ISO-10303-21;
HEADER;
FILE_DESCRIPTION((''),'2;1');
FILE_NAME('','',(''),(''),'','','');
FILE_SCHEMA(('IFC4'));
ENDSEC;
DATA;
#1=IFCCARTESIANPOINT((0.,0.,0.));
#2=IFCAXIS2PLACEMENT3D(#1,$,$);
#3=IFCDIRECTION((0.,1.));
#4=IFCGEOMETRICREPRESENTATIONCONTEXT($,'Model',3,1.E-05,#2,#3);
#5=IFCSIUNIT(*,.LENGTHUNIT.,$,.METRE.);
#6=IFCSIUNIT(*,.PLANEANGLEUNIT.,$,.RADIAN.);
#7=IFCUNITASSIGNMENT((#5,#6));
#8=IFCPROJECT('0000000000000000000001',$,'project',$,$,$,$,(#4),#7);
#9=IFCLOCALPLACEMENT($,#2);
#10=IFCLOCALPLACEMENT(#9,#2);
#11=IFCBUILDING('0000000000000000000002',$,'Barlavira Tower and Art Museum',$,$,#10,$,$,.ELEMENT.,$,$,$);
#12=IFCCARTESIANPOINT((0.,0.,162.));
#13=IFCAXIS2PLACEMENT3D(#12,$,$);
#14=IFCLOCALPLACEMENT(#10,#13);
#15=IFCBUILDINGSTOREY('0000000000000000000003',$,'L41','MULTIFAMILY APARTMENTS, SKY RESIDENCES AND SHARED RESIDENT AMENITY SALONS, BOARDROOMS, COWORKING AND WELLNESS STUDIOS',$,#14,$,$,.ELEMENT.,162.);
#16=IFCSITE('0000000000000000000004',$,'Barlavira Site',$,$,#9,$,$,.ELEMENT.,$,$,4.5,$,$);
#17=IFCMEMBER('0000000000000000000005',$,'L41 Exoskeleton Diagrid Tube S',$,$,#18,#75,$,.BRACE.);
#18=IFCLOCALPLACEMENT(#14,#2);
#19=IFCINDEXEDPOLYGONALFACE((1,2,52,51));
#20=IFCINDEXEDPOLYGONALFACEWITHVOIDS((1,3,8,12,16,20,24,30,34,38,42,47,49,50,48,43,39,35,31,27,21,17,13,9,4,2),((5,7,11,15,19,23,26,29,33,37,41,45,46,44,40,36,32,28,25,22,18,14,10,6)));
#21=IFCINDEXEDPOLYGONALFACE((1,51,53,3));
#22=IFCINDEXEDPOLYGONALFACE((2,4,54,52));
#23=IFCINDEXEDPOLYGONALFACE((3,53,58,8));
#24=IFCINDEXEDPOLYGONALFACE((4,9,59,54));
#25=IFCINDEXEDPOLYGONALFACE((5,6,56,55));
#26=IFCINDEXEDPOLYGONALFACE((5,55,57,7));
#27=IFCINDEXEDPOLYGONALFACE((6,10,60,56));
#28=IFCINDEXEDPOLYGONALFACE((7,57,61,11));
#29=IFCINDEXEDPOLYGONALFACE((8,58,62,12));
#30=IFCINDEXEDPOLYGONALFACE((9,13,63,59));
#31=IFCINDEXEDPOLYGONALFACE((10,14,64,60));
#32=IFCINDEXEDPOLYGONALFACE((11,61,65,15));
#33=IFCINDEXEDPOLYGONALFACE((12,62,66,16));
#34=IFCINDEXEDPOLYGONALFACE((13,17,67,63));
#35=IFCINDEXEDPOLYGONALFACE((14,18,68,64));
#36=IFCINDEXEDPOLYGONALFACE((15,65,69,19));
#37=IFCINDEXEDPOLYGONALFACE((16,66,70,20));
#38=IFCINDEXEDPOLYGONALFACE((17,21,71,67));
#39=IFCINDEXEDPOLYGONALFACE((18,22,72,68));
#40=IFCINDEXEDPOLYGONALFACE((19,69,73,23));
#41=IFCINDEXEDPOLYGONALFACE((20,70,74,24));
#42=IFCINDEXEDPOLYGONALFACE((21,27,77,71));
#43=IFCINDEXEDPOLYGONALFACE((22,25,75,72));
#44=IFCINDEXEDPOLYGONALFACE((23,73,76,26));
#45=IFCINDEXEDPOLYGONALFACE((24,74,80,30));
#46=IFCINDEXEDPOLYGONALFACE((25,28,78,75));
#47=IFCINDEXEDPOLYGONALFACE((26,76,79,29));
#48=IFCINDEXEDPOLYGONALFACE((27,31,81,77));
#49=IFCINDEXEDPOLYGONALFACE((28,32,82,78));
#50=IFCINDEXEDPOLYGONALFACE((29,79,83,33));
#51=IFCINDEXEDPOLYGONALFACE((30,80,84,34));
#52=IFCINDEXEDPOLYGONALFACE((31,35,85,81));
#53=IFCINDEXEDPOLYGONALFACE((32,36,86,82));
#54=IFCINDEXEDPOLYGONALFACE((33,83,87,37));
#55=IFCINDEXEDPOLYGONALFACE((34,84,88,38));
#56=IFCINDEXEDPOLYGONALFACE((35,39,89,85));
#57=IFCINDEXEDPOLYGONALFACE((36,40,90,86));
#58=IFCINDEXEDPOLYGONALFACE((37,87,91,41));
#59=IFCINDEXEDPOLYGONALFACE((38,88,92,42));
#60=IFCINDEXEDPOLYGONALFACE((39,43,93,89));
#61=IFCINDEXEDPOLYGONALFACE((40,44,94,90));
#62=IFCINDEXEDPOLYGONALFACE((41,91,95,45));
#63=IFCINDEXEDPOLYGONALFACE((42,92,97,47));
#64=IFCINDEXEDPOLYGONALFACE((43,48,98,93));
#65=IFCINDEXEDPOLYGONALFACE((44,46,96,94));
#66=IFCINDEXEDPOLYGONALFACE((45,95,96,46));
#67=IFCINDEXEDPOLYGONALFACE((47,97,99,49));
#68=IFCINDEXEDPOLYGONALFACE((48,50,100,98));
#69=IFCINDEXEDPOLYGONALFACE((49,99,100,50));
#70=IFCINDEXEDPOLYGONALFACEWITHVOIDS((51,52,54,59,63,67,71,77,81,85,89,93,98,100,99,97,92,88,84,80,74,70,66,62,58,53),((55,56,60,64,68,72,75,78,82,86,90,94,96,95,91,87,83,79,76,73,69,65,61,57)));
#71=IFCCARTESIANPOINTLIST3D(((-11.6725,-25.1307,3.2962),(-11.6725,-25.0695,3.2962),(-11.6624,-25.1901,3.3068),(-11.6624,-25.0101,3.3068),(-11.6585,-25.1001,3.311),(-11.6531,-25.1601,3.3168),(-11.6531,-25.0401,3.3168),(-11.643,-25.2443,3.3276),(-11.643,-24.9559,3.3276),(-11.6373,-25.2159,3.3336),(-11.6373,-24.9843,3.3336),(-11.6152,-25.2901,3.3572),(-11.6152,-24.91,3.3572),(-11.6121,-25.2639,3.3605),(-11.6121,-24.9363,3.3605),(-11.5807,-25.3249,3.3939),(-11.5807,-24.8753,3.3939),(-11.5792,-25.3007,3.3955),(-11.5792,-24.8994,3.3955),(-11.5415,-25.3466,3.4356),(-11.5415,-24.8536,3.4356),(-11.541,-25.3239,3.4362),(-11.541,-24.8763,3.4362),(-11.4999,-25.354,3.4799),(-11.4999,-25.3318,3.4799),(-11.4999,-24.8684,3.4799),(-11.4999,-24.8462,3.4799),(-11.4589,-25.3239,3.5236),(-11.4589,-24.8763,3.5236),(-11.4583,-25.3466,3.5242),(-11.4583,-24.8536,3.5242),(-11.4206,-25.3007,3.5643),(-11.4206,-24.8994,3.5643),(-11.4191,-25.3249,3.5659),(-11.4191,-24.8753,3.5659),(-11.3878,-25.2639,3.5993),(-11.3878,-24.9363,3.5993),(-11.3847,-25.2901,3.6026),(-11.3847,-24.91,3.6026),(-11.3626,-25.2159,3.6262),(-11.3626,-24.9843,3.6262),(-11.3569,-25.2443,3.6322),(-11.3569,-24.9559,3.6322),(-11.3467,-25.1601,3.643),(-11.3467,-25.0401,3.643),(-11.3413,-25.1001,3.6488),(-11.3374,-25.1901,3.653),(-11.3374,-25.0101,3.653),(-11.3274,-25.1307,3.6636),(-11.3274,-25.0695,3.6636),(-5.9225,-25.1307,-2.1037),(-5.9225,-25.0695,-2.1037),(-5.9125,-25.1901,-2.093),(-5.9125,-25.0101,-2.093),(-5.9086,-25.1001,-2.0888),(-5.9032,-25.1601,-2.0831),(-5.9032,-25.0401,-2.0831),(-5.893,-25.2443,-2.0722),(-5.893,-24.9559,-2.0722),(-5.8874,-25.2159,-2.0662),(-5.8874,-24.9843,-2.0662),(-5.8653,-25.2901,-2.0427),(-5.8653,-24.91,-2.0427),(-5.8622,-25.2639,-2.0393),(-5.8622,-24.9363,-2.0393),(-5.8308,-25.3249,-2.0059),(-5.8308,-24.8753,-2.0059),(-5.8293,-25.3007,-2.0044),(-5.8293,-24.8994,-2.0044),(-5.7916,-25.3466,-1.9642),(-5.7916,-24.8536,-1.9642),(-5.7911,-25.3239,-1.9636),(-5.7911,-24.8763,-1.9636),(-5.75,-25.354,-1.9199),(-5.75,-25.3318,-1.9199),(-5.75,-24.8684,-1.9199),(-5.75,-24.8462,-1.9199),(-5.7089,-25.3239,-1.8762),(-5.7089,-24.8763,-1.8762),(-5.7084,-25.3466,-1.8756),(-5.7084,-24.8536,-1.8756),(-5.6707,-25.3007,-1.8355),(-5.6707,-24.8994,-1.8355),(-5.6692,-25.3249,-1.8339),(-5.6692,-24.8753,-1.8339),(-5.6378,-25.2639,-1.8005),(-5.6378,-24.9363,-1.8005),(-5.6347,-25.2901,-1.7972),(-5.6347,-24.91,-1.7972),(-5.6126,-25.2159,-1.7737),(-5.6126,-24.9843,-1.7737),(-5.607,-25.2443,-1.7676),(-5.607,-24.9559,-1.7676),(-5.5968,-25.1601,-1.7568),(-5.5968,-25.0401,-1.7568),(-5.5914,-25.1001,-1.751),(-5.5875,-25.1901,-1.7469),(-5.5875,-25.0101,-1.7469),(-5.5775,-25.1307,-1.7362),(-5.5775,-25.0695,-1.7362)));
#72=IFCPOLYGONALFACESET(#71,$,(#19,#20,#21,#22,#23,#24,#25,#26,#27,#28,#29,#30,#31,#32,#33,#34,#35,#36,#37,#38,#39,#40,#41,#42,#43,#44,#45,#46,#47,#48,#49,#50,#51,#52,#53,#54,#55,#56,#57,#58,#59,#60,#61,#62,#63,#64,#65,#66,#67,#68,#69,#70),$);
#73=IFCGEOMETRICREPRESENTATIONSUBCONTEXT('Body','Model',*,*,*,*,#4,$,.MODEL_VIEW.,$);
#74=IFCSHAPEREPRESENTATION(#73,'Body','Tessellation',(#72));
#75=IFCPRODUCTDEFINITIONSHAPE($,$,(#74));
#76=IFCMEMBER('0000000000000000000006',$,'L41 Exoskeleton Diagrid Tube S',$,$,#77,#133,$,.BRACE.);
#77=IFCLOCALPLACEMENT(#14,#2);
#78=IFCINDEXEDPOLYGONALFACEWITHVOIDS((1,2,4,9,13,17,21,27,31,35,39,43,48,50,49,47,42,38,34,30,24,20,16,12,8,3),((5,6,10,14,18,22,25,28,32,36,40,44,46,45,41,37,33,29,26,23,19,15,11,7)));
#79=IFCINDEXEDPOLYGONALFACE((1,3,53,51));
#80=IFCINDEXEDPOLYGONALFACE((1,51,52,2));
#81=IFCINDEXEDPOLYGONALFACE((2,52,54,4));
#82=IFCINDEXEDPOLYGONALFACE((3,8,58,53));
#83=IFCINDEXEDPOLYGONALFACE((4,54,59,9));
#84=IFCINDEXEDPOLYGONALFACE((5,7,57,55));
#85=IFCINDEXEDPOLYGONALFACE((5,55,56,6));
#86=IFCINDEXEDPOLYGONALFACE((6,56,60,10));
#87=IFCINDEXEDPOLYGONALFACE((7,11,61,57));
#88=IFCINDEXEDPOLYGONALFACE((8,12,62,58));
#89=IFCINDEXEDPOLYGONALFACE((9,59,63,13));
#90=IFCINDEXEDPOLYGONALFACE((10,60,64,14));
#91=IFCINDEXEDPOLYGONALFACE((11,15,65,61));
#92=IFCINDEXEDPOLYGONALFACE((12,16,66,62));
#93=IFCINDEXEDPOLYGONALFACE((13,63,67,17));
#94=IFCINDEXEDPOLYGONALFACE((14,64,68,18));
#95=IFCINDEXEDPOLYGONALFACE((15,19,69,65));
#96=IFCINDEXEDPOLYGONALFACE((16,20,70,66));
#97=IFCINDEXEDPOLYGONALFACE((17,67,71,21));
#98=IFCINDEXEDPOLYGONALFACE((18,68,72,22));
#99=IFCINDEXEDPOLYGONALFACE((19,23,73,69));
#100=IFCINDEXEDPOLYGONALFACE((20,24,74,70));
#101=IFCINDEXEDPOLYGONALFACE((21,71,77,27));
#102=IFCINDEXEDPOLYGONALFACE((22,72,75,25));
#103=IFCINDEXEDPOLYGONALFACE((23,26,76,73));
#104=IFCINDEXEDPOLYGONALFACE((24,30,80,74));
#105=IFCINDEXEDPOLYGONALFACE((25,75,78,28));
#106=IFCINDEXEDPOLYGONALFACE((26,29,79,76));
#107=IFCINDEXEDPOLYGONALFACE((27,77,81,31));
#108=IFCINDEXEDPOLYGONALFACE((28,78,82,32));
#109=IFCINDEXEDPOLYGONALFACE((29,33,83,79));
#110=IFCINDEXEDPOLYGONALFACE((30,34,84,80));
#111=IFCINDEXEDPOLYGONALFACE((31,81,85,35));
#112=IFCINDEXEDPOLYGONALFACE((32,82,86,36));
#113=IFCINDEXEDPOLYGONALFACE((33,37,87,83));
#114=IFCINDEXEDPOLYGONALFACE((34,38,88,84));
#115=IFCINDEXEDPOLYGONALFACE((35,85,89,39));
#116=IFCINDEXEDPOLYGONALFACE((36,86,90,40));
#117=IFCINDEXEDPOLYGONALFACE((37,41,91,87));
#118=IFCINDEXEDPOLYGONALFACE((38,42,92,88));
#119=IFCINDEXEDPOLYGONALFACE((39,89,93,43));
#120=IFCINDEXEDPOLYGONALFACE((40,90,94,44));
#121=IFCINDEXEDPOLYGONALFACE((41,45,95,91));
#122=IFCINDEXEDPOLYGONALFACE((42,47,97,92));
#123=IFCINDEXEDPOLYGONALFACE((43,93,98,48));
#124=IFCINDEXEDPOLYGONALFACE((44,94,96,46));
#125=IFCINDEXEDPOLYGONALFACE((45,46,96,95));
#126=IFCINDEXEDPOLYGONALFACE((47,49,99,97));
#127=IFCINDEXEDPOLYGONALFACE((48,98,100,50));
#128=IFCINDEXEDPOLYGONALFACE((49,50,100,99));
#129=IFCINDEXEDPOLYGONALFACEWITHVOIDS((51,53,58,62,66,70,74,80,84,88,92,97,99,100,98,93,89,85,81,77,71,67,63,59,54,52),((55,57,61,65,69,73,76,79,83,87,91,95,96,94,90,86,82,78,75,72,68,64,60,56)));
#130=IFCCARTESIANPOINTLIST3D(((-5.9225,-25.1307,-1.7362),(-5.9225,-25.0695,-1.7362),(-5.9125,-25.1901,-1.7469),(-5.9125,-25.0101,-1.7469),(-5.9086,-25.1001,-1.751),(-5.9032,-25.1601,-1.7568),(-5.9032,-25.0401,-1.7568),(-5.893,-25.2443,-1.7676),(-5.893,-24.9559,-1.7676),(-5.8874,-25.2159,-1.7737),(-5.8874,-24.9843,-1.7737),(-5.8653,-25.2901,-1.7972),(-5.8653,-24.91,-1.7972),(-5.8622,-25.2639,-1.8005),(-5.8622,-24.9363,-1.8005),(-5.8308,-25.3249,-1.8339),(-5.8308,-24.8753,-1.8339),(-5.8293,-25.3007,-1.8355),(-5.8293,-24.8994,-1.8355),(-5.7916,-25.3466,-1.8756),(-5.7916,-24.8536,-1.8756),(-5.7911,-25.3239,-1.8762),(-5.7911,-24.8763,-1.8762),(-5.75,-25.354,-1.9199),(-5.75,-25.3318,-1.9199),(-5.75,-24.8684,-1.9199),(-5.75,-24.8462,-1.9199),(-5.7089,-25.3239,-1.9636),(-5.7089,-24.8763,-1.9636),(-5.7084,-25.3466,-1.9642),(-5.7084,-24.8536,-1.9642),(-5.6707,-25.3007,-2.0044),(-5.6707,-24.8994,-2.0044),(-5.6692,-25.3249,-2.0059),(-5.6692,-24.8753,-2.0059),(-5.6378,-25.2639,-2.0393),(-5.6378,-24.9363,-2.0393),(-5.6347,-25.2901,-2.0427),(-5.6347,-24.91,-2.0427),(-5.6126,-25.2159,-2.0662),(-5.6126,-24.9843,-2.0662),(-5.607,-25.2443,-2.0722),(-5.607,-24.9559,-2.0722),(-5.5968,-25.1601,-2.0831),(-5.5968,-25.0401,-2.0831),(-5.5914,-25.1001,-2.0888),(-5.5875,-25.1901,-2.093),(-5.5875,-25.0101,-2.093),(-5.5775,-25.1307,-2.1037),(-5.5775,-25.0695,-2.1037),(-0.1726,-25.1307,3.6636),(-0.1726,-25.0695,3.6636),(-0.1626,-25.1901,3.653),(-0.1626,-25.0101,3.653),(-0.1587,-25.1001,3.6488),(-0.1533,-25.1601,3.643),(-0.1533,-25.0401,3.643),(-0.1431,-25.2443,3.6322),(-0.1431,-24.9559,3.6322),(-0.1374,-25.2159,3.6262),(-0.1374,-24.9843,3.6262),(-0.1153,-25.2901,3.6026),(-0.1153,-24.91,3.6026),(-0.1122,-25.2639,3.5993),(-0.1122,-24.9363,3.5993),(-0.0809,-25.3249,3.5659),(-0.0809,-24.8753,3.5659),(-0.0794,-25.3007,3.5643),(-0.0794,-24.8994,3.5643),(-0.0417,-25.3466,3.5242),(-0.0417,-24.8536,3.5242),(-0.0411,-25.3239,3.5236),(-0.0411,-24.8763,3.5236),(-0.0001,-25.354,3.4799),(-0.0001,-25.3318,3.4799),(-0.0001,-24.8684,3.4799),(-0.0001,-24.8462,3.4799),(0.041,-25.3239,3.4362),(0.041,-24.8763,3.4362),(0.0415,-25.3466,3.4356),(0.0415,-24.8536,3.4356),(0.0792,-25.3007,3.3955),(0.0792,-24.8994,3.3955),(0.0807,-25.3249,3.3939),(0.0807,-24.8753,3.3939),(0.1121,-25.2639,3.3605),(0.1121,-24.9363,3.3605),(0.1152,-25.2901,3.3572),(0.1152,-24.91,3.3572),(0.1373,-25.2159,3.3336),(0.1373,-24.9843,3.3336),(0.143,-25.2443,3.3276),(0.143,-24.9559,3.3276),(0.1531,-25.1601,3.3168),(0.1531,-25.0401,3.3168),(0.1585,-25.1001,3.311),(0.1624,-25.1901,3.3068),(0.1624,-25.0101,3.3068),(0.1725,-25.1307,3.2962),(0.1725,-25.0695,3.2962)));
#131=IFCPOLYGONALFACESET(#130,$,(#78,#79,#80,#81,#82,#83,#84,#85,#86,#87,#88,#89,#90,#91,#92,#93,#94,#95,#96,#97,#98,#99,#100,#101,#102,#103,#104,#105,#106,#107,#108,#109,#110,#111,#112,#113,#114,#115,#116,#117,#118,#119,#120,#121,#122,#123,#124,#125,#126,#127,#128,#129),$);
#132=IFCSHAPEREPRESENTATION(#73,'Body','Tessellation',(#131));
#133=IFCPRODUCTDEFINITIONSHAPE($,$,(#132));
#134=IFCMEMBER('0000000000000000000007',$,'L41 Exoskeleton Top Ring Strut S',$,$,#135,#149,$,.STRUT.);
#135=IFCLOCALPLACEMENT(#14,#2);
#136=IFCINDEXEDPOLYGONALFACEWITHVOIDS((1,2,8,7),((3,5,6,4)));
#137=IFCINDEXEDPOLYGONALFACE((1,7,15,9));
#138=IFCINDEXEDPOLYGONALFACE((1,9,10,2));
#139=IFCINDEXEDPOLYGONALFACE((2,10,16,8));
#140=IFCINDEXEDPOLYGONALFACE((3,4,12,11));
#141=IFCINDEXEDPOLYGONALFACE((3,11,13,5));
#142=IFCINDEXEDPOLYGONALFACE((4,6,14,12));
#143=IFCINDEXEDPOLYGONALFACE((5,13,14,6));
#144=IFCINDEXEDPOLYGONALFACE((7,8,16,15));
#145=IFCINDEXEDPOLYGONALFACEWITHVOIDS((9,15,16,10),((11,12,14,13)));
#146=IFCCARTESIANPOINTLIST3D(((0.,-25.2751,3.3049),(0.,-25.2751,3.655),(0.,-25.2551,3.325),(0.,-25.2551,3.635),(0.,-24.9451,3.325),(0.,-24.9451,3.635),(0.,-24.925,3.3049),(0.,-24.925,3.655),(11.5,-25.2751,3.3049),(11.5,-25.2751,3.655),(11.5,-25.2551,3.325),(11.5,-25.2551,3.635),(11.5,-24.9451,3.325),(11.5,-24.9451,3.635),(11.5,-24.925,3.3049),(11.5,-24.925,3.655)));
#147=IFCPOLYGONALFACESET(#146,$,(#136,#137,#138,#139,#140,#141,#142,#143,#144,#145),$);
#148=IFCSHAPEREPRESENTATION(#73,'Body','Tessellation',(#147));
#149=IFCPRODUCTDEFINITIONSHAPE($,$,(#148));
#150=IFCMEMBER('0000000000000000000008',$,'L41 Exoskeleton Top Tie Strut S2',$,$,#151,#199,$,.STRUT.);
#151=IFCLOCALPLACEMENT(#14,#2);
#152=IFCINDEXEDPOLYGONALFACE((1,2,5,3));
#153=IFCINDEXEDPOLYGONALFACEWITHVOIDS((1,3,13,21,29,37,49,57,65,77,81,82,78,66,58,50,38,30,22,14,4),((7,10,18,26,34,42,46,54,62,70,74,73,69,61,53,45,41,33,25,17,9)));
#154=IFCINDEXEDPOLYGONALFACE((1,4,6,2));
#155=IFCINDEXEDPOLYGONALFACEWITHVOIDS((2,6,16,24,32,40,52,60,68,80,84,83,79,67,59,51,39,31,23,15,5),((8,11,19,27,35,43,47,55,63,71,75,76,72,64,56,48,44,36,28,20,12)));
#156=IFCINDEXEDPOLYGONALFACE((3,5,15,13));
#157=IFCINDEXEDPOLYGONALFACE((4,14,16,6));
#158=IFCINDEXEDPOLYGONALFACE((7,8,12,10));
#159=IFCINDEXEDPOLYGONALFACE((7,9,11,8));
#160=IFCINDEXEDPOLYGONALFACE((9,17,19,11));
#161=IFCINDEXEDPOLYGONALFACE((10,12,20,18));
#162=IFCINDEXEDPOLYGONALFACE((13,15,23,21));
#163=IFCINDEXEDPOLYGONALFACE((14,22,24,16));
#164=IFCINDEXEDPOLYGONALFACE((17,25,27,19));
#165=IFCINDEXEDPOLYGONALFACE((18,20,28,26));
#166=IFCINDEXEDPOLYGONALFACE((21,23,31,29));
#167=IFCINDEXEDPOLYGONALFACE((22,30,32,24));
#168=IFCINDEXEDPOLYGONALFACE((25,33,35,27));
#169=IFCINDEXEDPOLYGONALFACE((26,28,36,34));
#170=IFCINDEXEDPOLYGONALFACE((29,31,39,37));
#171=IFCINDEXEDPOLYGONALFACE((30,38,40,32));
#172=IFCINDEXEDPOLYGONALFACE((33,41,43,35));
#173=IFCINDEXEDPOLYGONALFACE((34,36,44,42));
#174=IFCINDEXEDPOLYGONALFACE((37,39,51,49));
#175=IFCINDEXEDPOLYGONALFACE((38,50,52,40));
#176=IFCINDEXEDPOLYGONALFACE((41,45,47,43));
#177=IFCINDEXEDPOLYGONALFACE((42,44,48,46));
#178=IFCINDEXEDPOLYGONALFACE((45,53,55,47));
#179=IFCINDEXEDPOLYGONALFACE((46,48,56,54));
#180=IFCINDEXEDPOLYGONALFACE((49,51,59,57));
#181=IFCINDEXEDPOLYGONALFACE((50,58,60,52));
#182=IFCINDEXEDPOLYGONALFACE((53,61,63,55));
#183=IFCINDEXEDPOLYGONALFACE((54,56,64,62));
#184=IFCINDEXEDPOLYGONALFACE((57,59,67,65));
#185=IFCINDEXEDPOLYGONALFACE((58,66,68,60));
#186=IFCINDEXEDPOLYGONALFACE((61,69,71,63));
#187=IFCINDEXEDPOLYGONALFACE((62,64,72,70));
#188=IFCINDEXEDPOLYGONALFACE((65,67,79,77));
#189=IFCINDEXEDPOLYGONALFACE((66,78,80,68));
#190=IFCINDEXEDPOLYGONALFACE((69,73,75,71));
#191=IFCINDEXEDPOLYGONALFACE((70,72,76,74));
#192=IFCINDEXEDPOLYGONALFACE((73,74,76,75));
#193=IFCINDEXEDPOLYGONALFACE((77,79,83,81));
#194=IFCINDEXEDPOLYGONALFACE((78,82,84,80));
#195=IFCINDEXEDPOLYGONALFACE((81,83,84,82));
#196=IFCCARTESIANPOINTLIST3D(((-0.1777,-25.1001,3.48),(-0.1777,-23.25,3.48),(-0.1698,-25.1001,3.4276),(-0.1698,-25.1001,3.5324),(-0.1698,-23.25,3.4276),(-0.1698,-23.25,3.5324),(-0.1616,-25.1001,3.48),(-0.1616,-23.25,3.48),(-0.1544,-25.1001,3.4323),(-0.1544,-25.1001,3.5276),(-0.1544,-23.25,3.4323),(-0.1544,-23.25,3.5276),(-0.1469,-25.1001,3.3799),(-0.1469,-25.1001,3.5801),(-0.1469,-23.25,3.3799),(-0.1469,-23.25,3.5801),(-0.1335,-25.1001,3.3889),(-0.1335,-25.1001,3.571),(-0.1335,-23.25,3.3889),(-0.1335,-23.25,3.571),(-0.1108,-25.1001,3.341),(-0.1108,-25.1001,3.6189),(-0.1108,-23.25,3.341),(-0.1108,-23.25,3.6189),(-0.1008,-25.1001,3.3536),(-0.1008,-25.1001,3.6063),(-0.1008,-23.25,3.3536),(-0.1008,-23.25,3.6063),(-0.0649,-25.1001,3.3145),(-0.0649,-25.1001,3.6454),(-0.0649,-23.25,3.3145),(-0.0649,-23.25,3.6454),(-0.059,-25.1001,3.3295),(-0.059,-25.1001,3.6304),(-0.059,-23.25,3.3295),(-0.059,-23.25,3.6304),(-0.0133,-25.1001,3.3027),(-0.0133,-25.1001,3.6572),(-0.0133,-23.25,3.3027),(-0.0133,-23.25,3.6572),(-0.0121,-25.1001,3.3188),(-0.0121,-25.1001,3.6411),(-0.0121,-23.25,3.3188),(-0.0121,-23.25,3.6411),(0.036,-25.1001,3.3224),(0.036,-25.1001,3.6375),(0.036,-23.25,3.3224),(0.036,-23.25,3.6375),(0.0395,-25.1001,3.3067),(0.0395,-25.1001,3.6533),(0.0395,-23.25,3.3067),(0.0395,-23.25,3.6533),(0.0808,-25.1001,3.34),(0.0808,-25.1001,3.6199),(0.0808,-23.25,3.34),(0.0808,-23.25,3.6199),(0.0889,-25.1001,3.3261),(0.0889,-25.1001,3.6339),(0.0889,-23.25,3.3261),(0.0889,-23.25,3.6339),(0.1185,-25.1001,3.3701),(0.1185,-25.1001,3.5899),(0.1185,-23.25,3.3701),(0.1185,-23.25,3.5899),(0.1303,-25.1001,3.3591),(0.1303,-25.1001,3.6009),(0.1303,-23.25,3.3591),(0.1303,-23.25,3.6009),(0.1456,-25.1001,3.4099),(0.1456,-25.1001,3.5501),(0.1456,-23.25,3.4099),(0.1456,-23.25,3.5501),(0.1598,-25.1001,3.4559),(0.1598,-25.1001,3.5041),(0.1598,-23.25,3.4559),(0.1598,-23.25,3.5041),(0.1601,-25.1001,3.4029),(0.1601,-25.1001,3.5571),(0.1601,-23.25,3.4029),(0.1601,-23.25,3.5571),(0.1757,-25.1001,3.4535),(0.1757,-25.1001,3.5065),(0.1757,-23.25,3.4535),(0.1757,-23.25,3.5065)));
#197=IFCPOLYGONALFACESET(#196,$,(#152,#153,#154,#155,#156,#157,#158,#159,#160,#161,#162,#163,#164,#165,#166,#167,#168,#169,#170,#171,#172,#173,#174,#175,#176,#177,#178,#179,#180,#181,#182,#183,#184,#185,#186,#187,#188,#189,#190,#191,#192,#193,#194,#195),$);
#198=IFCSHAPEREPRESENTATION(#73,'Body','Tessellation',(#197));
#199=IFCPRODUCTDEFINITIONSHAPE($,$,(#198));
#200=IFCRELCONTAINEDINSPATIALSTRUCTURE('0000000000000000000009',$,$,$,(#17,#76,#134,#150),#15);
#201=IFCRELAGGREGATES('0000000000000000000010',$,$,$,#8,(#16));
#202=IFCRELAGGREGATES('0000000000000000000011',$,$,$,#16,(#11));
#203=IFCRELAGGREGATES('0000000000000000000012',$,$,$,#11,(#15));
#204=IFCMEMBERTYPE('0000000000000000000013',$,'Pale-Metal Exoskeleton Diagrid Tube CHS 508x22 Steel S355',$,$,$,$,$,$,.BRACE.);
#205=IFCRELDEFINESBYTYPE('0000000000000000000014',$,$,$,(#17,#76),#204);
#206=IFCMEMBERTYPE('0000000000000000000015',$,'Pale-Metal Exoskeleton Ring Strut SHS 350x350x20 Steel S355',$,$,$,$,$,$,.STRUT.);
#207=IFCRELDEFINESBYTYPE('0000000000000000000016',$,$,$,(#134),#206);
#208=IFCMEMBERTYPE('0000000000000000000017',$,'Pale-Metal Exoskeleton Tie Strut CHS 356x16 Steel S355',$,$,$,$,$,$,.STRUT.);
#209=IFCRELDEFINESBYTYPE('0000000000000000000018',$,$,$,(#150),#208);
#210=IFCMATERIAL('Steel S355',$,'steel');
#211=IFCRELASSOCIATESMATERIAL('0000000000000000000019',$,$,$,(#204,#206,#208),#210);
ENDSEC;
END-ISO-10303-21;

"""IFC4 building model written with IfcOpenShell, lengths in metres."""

from ifc_helpers import new_model, si_unit, direction, frame, origin, origin_2d, place, context, subcontext, project, spatial, hollow_rectangle, hollow_circle, extrude, material, material_profile, profile_set, type_object, element, save


model = new_model("IFC4")

# Units and contexts
model_context = context("Model", 3, precision=1e-05, world=origin(), true_north=direction((0.0, 1.0)))
body_context = subcontext(model_context, "Body", "Model", "MODEL_VIEW")
ifc_project = project(units=[si_unit("LENGTHUNIT", "METRE"), si_unit("PLANEANGLEUNIT", "RADIAN")], contexts=[model_context])

# Site, building, storey
site_placement = place(None, origin())
site = spatial("IfcSite", under=ifc_project, at=site_placement, Name="Barlavira Site", CompositionType="ELEMENT", RefElevation=4.5)
building_placement = place(site_placement, origin())
building = spatial("IfcBuilding", under=site, at=building_placement, Name="Barlavira Tower and Art Museum", CompositionType="ELEMENT")
storey_placement = place(building_placement, frame((0.0, 0.0, 162.0)))
storey = spatial("IfcBuildingStorey", under=building, at=storey_placement, Name="L41", Description="MULTIFAMILY APARTMENTS, SKY RESIDENCES AND SHARED RESIDENT AMENITY SALONS, BOARDROOMS, COWORKING AND WELLNESS STUDIOS", CompositionType="ELEMENT", Elevation=162.0)

# Members
ifc_material_1 = material(Name="Steel S355", Category="steel")
ifc_material_profile_1 = material_profile(ifc_material_1, hollow_circle(Radius=0.2539, WallThickness=0.0222, at=origin_2d()), Name="CHS 508.0x22.2")
ifc_profile_set_1 = profile_set([ifc_material_profile_1], Name="Steel S355")
member_type_1 = type_object("IfcMemberType", Name="Pale-Metal Exoskeleton Diagrid Tube CHS 508x22 Steel S355", PredefinedType="BRACE", material=ifc_profile_set_1)
for number, where, z_axis, x_axis, name in (
    (1, (-5.75, -25.1001, -1.9199), (-0.72895, 0.0, 0.684567), (0.0, -1.0, 0.0), "L41 Exoskeleton Diagrid Tube S"),
    (2, (-5.75, -25.1001, -1.9199), (0.72895, 0.0, 0.684567), (0.0, 1.0, 0.0), "L41 Exoskeleton Diagrid Tube S"),
):
    element("IfcMember", number, at=place(storey_placement, frame(where, z_axis=z_axis, x_axis=x_axis)), inside=storey, type_object=member_type_1, Name=name, PredefinedType="BRACE", context=body_context, shape_type="SweptSolid", body=[
        extrude(hollow_circle(Radius=0.2539, WallThickness=0.0222, at=origin_2d()), origin(), (0.0, 0.0, 1.0), 7.8879),
    ])
ifc_material_profile_2 = material_profile(ifc_material_1, hollow_rectangle(XDim=0.3501, YDim=0.3501, WallThickness=0.02, at=origin_2d()), Name="SHS 350x350x20.0")
ifc_profile_set_2 = profile_set([ifc_material_profile_2], Name="Steel S355")
member_type_2 = type_object("IfcMemberType", Name="Pale-Metal Exoskeleton Ring Strut SHS 350x350x20 Steel S355", PredefinedType="STRUT", material=ifc_profile_set_2)
member_1_placement = place(storey_placement, frame((0.0, -25.1001, 3.48), z_axis=(1.0, 0.0, 0.0), x_axis=(0.0, 1.0, 0.0)))
element("IfcMember", 3, at=member_1_placement, inside=storey, type_object=member_type_2, Name="L41 Exoskeleton Top Ring Strut S", PredefinedType="STRUT", context=body_context, shape_type="SweptSolid", body=[
    extrude(hollow_rectangle(XDim=0.3501, YDim=0.3501, WallThickness=0.02, at=origin_2d()), origin(), (0.0, 0.0, 1.0), 11.5),
])
ifc_material_profile_3 = material_profile(ifc_material_1, hollow_circle(Radius=0.1777, WallThickness=0.0161, at=origin_2d()), Name="CHS 355.6x16.0")
ifc_profile_set_3 = profile_set([ifc_material_profile_3], Name="Steel S355")
member_type_3 = type_object("IfcMemberType", Name="Pale-Metal Exoskeleton Tie Strut CHS 356x16 Steel S355", PredefinedType="STRUT", material=ifc_profile_set_3)
member_2_placement = place(storey_placement, frame((0.0, -25.1001, 3.48), z_axis=(0.0, 1.0, 0.0), x_axis=(-1.0, 0.0, 0.0)))
element("IfcMember", 4, at=member_2_placement, inside=storey, type_object=member_type_3, Name="L41 Exoskeleton Top Tie Strut S2", PredefinedType="STRUT", context=body_context, shape_type="SweptSolid", body=[
    extrude(hollow_circle(Radius=0.1777, WallThickness=0.0161, at=origin_2d()), origin(), (0.0, 0.0, 1.0), 1.8501),
])

save(model, "model.ifc")
